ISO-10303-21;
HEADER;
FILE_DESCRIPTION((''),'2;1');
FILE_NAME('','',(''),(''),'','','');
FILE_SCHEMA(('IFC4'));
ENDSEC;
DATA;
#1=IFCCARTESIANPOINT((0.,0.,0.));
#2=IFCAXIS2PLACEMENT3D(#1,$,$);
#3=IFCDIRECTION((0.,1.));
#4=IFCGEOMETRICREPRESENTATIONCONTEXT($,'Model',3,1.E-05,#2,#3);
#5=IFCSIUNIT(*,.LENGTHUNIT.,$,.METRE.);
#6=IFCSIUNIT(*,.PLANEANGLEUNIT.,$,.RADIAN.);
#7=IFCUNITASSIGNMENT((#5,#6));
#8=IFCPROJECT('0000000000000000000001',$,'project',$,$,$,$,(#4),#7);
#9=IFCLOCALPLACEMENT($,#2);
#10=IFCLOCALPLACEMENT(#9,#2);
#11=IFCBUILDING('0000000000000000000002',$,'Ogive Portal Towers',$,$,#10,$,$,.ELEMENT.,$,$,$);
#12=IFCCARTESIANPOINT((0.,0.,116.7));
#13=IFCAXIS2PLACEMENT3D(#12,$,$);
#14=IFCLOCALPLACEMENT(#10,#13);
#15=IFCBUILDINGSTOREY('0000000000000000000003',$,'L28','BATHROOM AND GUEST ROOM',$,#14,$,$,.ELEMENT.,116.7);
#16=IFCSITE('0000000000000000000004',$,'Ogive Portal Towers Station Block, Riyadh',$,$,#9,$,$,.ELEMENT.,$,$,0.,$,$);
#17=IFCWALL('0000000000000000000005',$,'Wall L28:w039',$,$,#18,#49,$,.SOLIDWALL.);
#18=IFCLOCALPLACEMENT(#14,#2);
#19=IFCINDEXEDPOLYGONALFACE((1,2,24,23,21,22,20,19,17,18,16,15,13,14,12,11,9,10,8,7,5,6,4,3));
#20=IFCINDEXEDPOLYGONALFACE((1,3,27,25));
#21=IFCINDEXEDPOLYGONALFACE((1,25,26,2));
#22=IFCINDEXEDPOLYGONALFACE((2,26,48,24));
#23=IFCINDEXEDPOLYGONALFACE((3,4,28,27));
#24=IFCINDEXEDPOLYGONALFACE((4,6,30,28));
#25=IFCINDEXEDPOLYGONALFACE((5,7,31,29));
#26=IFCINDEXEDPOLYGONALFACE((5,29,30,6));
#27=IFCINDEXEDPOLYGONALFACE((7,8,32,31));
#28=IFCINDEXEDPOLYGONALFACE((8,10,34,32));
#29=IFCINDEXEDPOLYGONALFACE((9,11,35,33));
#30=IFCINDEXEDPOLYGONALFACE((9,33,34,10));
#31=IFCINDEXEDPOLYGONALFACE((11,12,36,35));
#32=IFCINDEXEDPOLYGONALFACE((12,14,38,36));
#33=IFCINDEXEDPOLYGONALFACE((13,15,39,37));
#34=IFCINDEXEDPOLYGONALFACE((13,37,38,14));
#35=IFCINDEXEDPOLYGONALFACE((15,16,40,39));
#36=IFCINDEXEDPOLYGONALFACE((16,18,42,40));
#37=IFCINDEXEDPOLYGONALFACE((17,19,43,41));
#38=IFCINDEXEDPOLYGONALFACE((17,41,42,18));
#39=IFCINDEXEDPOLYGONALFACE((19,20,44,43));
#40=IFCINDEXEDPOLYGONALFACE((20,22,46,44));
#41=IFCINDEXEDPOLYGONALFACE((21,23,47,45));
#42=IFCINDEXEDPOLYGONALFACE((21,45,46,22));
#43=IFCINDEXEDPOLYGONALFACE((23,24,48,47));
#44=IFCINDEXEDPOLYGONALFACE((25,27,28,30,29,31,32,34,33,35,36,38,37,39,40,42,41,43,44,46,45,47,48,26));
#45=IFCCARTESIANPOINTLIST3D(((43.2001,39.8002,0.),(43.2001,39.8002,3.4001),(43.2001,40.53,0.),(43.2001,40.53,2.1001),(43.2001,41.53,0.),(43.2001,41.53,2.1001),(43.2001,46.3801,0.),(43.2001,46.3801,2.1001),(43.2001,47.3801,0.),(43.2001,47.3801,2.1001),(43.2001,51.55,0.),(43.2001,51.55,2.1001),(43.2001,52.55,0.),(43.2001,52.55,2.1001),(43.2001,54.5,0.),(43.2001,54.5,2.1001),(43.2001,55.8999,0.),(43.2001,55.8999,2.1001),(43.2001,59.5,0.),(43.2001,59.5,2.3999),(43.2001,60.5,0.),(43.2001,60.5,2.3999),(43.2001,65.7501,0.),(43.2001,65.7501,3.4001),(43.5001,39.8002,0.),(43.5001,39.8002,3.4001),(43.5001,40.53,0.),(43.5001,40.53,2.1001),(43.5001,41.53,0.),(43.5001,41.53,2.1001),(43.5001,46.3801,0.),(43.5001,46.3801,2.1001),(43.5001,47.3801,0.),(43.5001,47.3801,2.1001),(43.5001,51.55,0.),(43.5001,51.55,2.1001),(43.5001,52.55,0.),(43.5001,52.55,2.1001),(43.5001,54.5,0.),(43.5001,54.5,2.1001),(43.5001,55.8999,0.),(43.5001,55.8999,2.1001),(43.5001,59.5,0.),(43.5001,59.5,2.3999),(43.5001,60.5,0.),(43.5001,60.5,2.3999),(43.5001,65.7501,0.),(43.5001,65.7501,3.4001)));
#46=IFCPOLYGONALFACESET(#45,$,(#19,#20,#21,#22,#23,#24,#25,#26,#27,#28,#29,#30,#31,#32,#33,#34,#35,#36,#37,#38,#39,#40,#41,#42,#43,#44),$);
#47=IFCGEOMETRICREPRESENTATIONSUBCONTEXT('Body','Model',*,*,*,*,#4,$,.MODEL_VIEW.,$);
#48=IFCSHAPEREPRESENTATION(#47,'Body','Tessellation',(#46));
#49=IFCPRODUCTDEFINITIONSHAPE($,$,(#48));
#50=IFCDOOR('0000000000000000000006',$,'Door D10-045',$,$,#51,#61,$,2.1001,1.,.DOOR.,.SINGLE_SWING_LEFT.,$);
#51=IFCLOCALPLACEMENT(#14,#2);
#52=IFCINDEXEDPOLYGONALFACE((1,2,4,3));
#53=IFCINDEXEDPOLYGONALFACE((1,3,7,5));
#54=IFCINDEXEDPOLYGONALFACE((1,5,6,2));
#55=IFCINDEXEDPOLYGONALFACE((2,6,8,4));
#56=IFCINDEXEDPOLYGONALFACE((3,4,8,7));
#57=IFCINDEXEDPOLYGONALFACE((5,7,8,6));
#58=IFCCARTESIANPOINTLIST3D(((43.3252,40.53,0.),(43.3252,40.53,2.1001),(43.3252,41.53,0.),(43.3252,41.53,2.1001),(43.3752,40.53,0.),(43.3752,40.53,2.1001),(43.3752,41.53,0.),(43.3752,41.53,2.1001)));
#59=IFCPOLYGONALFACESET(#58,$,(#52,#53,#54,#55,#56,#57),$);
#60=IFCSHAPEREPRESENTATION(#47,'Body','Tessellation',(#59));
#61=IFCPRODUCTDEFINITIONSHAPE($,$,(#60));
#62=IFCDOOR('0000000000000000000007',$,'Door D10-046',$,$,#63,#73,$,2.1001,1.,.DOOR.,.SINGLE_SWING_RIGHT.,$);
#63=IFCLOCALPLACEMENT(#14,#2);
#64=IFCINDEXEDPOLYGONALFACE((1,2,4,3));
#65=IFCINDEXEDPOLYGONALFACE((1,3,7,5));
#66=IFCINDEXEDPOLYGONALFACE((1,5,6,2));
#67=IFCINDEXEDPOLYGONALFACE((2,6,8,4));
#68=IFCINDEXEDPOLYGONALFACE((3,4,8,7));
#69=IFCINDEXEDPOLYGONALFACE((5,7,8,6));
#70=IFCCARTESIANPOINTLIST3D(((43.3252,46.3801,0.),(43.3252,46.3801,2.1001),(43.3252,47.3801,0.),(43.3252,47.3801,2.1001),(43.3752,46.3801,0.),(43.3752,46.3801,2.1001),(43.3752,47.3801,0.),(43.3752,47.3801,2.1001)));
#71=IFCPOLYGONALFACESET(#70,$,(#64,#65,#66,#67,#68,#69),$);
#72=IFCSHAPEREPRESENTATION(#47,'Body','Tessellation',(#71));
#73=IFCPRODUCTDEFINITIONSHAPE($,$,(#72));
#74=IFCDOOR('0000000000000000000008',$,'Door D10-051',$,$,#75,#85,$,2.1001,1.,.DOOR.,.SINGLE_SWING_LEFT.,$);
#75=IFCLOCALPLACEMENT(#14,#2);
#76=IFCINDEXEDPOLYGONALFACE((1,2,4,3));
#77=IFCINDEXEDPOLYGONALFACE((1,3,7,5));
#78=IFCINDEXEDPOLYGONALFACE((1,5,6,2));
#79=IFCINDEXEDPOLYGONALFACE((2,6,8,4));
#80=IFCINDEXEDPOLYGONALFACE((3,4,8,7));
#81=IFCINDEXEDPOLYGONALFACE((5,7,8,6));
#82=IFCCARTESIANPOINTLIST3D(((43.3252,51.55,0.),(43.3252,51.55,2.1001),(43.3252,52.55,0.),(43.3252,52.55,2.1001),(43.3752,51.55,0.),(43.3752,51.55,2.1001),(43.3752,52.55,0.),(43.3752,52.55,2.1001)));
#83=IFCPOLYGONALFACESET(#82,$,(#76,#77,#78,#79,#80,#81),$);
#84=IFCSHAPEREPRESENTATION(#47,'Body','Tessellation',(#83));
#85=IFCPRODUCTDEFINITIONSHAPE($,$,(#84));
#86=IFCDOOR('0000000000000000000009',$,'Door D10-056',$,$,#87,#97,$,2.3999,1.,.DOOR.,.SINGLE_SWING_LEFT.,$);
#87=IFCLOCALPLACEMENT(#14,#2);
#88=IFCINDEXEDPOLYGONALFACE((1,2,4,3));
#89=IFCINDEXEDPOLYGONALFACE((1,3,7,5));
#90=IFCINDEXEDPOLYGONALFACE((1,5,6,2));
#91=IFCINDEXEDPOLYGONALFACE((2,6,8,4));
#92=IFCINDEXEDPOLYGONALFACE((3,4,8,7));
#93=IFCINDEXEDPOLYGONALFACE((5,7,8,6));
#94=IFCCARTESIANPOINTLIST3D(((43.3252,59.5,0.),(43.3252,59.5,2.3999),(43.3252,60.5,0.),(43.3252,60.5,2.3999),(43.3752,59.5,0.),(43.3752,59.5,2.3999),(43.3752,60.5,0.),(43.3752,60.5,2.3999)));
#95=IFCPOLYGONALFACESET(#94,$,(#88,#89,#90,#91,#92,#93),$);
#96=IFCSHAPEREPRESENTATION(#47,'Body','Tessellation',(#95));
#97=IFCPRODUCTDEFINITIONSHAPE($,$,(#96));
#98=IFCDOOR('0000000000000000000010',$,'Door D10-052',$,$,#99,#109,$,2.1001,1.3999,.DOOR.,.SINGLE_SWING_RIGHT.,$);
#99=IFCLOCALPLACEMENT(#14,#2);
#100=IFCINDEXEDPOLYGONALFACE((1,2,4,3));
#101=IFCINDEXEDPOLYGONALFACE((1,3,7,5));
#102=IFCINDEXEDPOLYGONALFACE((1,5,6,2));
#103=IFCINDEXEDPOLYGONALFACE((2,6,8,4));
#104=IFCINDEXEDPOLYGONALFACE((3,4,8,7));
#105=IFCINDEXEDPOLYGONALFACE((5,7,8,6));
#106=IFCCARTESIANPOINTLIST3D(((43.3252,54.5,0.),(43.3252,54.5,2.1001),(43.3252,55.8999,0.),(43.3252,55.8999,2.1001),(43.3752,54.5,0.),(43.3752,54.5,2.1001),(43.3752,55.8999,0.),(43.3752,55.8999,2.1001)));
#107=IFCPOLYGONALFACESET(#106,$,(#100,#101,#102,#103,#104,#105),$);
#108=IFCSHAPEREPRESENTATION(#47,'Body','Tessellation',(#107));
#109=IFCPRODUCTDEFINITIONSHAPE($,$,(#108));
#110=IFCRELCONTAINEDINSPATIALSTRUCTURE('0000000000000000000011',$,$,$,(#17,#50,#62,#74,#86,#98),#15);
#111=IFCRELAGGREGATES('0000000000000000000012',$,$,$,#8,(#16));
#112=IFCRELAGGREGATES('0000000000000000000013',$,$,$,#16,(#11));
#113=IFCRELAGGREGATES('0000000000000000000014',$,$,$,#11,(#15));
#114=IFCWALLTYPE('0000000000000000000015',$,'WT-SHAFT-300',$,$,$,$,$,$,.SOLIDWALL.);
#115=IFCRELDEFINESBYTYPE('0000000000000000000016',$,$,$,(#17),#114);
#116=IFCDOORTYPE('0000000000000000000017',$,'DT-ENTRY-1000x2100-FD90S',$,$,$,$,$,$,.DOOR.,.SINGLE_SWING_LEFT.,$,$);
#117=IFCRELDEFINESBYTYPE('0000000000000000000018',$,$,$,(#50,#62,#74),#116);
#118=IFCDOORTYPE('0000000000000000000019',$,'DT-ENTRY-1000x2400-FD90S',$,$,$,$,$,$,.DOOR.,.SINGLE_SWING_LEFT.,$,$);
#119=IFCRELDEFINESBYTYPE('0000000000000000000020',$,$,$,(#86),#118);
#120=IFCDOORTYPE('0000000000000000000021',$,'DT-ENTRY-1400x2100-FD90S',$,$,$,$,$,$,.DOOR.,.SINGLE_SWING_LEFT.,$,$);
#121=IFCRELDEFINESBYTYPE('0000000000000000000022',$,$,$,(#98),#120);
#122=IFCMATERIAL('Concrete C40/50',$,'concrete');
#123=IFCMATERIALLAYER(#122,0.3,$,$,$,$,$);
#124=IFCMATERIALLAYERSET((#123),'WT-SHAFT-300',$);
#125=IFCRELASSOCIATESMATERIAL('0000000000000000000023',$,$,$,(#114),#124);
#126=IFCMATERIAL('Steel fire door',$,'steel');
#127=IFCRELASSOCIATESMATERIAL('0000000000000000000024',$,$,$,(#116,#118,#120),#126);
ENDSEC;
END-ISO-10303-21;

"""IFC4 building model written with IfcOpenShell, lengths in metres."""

from ifc_helpers import new_model, si_unit, direction, frame, frame_2d, origin, place, context, subcontext, project, spatial, rectangle, extrude, material, layer, layer_set, type_object, element, fill, save


model = new_model("IFC4")

# Units and contexts
model_context = context("Model", 3, precision=1e-05, world=origin(), true_north=direction((0.0, 1.0)))
body_context = subcontext(model_context, "Body", "Model", "MODEL_VIEW")
ifc_project = project(units=[si_unit("LENGTHUNIT", "METRE"), si_unit("PLANEANGLEUNIT", "RADIAN")], contexts=[model_context])

# Site, building, storey
site_placement = place(None, origin())
site = spatial("IfcSite", under=ifc_project, at=site_placement, Name="Ogive Portal Towers Station Block, Riyadh", CompositionType="ELEMENT", RefElevation=0.0)
building_placement = place(site_placement, origin())
building = spatial("IfcBuilding", under=site, at=building_placement, Name="Ogive Portal Towers", CompositionType="ELEMENT")
storey_placement = place(building_placement, frame((0.0, 0.0, 116.7)))
storey = spatial("IfcBuildingStorey", under=building, at=storey_placement, Name="L28", Description="BATHROOM AND GUEST ROOM", CompositionType="ELEMENT", Elevation=116.7)

# Shared definitions
ifc_material_1 = material(Name="Steel fire door", Category="steel")

# Wall, openings, doors
ifc_material_2 = material(Name="Concrete C40/50", Category="concrete")
ifc_layer_1 = layer(ifc_material_2, 0.3)
ifc_layer_set_1 = layer_set([ifc_layer_1], Name="WT-SHAFT-300")
wall_type_1 = type_object("IfcWallType", Name="WT-SHAFT-300", PredefinedType="SOLIDWALL", material=ifc_layer_set_1)
wall_1_placement = place(storey_placement, frame((43.3501, 39.8, 0.0), z_axis=(0.0, 0.0, 1.0), x_axis=(0.0, 1.0, 0.0)))
wall_1 = element("IfcWall", 1, at=wall_1_placement, inside=storey, type_object=wall_type_1, Name="Wall L28:w039", PredefinedType="SOLIDWALL", context=body_context, shape_type="SweptSolid", body=[
    extrude(rectangle(XDim=25.95, YDim=0.3, at=frame_2d((12.9751, 0.0))), origin(), (0.0, 0.0, 1.0), 3.4001),
])
opening_1_placement = place(wall_1_placement, frame((0.73, 0.0, 0.0)))
opening_1 = element("IfcOpeningElement", 2, at=opening_1_placement, cuts=wall_1, PredefinedType="OPENING", context=body_context, shape_type="SweptSolid", body=[
    extrude(rectangle(XDim=1.0, YDim=2.1001, at=frame_2d((0.5, 1.05))), frame((0.0, 0.1602, 0.0), z_axis=(0.0, -1.0, 0.0), x_axis=(1.0, 0.0, 0.0)), (0.0, 0.0, 1.0), 0.3201),
])
opening_2_placement = place(wall_1_placement, frame((6.5801, 0.0, 0.0)))
opening_2 = element("IfcOpeningElement", 3, at=opening_2_placement, cuts=wall_1, PredefinedType="OPENING", context=body_context, shape_type="SweptSolid", body=[
    extrude(rectangle(XDim=1.0, YDim=2.1001, at=frame_2d((0.5, 1.05))), frame((0.0, 0.1602, 0.0), z_axis=(0.0, -1.0, 0.0), x_axis=(1.0, 0.0, 0.0)), (0.0, 0.0, 1.0), 0.3201),
])
opening_3_placement = place(wall_1_placement, frame((11.75, 0.0, 0.0)))
opening_3 = element("IfcOpeningElement", 4, at=opening_3_placement, cuts=wall_1, PredefinedType="OPENING", context=body_context, shape_type="SweptSolid", body=[
    extrude(rectangle(XDim=1.0, YDim=2.1001, at=frame_2d((0.5, 1.05))), frame((0.0, 0.1602, 0.0), z_axis=(0.0, -1.0, 0.0), x_axis=(1.0, 0.0, 0.0)), (0.0, 0.0, 1.0), 0.3201),
])
opening_4_placement = place(wall_1_placement, frame((14.7, 0.0, 0.0)))
opening_4 = element("IfcOpeningElement", 5, at=opening_4_placement, cuts=wall_1, PredefinedType="OPENING", context=body_context, shape_type="SweptSolid", body=[
    extrude(rectangle(XDim=1.3999, YDim=2.1001, at=frame_2d((0.7, 1.05))), frame((0.0, 0.1602, 0.0), z_axis=(0.0, -1.0, 0.0), x_axis=(1.0, 0.0, 0.0)), (0.0, 0.0, 1.0), 0.3201),
])
opening_5_placement = place(wall_1_placement, frame((19.7, 0.0, 0.0)))
opening_5 = element("IfcOpeningElement", 6, at=opening_5_placement, cuts=wall_1, PredefinedType="OPENING", context=body_context, shape_type="SweptSolid", body=[
    extrude(rectangle(XDim=1.0, YDim=2.3999, at=frame_2d((0.5, 1.2))), frame((0.0, 0.1602, 0.0), z_axis=(0.0, -1.0, 0.0), x_axis=(1.0, 0.0, 0.0)), (0.0, 0.0, 1.0), 0.3201),
])
door_type_1 = type_object("IfcDoorType", Name="DT-ENTRY-1000x2100-FD90S", OperationType="SINGLE_SWING_LEFT", PredefinedType="DOOR", material=ifc_material_1)
door_1_placement = place(opening_1_placement, origin())
door_1 = element("IfcDoor", 7, at=door_1_placement, inside=storey, type_object=door_type_1, Name="Door D10-045", OperationType="SINGLE_SWING_LEFT", OverallHeight=2.1001, OverallWidth=1.0, PredefinedType="DOOR", context=body_context, shape_type="SweptSolid", body=[
    extrude(rectangle(XDim=1.0, YDim=2.1001, at=frame_2d((0.5, 1.05))), frame((0.0, 0.0249, 0.0), z_axis=(0.0, -1.0, 0.0), x_axis=(1.0, 0.0, 0.0)), (0.0, 0.0, 1.0), 0.05),
])
fill(opening_1, door_1)
door_2_placement = place(opening_2_placement, origin())
door_2 = element("IfcDoor", 8, at=door_2_placement, inside=storey, type_object=door_type_1, Name="Door D10-046", OperationType="SINGLE_SWING_RIGHT", OverallHeight=2.1001, OverallWidth=1.0, PredefinedType="DOOR", context=body_context, shape_type="SweptSolid", body=[
    extrude(rectangle(XDim=1.0, YDim=2.1001, at=frame_2d((0.5, 1.05))), frame((0.0, 0.0249, 0.0), z_axis=(0.0, -1.0, 0.0), x_axis=(1.0, 0.0, 0.0)), (0.0, 0.0, 1.0), 0.05),
])
fill(opening_2, door_2)
door_3_placement = place(opening_3_placement, origin())
door_3 = element("IfcDoor", 9, at=door_3_placement, inside=storey, type_object=door_type_1, Name="Door D10-051", OperationType="SINGLE_SWING_LEFT", OverallHeight=2.1001, OverallWidth=1.0, PredefinedType="DOOR", context=body_context, shape_type="SweptSolid", body=[
    extrude(rectangle(XDim=1.0, YDim=2.1001, at=frame_2d((0.5, 1.05))), frame((0.0, 0.0249, 0.0), z_axis=(0.0, -1.0, 0.0), x_axis=(1.0, 0.0, 0.0)), (0.0, 0.0, 1.0), 0.05),
])
fill(opening_3, door_3)
door_type_2 = type_object("IfcDoorType", Name="DT-ENTRY-1000x2400-FD90S", OperationType="SINGLE_SWING_LEFT", PredefinedType="DOOR", material=ifc_material_1)
door_4_placement = place(opening_5_placement, origin())
door_4 = element("IfcDoor", 10, at=door_4_placement, inside=storey, type_object=door_type_2, Name="Door D10-056", OperationType="SINGLE_SWING_LEFT", OverallHeight=2.3999, OverallWidth=1.0, PredefinedType="DOOR", context=body_context, shape_type="SweptSolid", body=[
    extrude(rectangle(XDim=1.0, YDim=2.3999, at=frame_2d((0.5, 1.2))), frame((0.0, 0.0249, 0.0), z_axis=(0.0, -1.0, 0.0), x_axis=(1.0, 0.0, 0.0)), (0.0, 0.0, 1.0), 0.05),
])
fill(opening_5, door_4)
door_type_3 = type_object("IfcDoorType", Name="DT-ENTRY-1400x2100-FD90S", OperationType="SINGLE_SWING_LEFT", PredefinedType="DOOR", material=ifc_material_1)
door_5_placement = place(opening_4_placement, origin())
door_5 = element("IfcDoor", 11, at=door_5_placement, inside=storey, type_object=door_type_3, Name="Door D10-052", OperationType="SINGLE_SWING_RIGHT", OverallHeight=2.1001, OverallWidth=1.3999, PredefinedType="DOOR", context=body_context, shape_type="SweptSolid", body=[
    extrude(rectangle(XDim=1.3999, YDim=2.1001, at=frame_2d((0.7, 1.05))), frame((0.0, 0.0249, 0.0), z_axis=(0.0, -1.0, 0.0), x_axis=(1.0, 0.0, 0.0)), (0.0, 0.0, 1.0), 0.05),
])
fill(opening_4, door_5)

save(model, "model.ifc")
